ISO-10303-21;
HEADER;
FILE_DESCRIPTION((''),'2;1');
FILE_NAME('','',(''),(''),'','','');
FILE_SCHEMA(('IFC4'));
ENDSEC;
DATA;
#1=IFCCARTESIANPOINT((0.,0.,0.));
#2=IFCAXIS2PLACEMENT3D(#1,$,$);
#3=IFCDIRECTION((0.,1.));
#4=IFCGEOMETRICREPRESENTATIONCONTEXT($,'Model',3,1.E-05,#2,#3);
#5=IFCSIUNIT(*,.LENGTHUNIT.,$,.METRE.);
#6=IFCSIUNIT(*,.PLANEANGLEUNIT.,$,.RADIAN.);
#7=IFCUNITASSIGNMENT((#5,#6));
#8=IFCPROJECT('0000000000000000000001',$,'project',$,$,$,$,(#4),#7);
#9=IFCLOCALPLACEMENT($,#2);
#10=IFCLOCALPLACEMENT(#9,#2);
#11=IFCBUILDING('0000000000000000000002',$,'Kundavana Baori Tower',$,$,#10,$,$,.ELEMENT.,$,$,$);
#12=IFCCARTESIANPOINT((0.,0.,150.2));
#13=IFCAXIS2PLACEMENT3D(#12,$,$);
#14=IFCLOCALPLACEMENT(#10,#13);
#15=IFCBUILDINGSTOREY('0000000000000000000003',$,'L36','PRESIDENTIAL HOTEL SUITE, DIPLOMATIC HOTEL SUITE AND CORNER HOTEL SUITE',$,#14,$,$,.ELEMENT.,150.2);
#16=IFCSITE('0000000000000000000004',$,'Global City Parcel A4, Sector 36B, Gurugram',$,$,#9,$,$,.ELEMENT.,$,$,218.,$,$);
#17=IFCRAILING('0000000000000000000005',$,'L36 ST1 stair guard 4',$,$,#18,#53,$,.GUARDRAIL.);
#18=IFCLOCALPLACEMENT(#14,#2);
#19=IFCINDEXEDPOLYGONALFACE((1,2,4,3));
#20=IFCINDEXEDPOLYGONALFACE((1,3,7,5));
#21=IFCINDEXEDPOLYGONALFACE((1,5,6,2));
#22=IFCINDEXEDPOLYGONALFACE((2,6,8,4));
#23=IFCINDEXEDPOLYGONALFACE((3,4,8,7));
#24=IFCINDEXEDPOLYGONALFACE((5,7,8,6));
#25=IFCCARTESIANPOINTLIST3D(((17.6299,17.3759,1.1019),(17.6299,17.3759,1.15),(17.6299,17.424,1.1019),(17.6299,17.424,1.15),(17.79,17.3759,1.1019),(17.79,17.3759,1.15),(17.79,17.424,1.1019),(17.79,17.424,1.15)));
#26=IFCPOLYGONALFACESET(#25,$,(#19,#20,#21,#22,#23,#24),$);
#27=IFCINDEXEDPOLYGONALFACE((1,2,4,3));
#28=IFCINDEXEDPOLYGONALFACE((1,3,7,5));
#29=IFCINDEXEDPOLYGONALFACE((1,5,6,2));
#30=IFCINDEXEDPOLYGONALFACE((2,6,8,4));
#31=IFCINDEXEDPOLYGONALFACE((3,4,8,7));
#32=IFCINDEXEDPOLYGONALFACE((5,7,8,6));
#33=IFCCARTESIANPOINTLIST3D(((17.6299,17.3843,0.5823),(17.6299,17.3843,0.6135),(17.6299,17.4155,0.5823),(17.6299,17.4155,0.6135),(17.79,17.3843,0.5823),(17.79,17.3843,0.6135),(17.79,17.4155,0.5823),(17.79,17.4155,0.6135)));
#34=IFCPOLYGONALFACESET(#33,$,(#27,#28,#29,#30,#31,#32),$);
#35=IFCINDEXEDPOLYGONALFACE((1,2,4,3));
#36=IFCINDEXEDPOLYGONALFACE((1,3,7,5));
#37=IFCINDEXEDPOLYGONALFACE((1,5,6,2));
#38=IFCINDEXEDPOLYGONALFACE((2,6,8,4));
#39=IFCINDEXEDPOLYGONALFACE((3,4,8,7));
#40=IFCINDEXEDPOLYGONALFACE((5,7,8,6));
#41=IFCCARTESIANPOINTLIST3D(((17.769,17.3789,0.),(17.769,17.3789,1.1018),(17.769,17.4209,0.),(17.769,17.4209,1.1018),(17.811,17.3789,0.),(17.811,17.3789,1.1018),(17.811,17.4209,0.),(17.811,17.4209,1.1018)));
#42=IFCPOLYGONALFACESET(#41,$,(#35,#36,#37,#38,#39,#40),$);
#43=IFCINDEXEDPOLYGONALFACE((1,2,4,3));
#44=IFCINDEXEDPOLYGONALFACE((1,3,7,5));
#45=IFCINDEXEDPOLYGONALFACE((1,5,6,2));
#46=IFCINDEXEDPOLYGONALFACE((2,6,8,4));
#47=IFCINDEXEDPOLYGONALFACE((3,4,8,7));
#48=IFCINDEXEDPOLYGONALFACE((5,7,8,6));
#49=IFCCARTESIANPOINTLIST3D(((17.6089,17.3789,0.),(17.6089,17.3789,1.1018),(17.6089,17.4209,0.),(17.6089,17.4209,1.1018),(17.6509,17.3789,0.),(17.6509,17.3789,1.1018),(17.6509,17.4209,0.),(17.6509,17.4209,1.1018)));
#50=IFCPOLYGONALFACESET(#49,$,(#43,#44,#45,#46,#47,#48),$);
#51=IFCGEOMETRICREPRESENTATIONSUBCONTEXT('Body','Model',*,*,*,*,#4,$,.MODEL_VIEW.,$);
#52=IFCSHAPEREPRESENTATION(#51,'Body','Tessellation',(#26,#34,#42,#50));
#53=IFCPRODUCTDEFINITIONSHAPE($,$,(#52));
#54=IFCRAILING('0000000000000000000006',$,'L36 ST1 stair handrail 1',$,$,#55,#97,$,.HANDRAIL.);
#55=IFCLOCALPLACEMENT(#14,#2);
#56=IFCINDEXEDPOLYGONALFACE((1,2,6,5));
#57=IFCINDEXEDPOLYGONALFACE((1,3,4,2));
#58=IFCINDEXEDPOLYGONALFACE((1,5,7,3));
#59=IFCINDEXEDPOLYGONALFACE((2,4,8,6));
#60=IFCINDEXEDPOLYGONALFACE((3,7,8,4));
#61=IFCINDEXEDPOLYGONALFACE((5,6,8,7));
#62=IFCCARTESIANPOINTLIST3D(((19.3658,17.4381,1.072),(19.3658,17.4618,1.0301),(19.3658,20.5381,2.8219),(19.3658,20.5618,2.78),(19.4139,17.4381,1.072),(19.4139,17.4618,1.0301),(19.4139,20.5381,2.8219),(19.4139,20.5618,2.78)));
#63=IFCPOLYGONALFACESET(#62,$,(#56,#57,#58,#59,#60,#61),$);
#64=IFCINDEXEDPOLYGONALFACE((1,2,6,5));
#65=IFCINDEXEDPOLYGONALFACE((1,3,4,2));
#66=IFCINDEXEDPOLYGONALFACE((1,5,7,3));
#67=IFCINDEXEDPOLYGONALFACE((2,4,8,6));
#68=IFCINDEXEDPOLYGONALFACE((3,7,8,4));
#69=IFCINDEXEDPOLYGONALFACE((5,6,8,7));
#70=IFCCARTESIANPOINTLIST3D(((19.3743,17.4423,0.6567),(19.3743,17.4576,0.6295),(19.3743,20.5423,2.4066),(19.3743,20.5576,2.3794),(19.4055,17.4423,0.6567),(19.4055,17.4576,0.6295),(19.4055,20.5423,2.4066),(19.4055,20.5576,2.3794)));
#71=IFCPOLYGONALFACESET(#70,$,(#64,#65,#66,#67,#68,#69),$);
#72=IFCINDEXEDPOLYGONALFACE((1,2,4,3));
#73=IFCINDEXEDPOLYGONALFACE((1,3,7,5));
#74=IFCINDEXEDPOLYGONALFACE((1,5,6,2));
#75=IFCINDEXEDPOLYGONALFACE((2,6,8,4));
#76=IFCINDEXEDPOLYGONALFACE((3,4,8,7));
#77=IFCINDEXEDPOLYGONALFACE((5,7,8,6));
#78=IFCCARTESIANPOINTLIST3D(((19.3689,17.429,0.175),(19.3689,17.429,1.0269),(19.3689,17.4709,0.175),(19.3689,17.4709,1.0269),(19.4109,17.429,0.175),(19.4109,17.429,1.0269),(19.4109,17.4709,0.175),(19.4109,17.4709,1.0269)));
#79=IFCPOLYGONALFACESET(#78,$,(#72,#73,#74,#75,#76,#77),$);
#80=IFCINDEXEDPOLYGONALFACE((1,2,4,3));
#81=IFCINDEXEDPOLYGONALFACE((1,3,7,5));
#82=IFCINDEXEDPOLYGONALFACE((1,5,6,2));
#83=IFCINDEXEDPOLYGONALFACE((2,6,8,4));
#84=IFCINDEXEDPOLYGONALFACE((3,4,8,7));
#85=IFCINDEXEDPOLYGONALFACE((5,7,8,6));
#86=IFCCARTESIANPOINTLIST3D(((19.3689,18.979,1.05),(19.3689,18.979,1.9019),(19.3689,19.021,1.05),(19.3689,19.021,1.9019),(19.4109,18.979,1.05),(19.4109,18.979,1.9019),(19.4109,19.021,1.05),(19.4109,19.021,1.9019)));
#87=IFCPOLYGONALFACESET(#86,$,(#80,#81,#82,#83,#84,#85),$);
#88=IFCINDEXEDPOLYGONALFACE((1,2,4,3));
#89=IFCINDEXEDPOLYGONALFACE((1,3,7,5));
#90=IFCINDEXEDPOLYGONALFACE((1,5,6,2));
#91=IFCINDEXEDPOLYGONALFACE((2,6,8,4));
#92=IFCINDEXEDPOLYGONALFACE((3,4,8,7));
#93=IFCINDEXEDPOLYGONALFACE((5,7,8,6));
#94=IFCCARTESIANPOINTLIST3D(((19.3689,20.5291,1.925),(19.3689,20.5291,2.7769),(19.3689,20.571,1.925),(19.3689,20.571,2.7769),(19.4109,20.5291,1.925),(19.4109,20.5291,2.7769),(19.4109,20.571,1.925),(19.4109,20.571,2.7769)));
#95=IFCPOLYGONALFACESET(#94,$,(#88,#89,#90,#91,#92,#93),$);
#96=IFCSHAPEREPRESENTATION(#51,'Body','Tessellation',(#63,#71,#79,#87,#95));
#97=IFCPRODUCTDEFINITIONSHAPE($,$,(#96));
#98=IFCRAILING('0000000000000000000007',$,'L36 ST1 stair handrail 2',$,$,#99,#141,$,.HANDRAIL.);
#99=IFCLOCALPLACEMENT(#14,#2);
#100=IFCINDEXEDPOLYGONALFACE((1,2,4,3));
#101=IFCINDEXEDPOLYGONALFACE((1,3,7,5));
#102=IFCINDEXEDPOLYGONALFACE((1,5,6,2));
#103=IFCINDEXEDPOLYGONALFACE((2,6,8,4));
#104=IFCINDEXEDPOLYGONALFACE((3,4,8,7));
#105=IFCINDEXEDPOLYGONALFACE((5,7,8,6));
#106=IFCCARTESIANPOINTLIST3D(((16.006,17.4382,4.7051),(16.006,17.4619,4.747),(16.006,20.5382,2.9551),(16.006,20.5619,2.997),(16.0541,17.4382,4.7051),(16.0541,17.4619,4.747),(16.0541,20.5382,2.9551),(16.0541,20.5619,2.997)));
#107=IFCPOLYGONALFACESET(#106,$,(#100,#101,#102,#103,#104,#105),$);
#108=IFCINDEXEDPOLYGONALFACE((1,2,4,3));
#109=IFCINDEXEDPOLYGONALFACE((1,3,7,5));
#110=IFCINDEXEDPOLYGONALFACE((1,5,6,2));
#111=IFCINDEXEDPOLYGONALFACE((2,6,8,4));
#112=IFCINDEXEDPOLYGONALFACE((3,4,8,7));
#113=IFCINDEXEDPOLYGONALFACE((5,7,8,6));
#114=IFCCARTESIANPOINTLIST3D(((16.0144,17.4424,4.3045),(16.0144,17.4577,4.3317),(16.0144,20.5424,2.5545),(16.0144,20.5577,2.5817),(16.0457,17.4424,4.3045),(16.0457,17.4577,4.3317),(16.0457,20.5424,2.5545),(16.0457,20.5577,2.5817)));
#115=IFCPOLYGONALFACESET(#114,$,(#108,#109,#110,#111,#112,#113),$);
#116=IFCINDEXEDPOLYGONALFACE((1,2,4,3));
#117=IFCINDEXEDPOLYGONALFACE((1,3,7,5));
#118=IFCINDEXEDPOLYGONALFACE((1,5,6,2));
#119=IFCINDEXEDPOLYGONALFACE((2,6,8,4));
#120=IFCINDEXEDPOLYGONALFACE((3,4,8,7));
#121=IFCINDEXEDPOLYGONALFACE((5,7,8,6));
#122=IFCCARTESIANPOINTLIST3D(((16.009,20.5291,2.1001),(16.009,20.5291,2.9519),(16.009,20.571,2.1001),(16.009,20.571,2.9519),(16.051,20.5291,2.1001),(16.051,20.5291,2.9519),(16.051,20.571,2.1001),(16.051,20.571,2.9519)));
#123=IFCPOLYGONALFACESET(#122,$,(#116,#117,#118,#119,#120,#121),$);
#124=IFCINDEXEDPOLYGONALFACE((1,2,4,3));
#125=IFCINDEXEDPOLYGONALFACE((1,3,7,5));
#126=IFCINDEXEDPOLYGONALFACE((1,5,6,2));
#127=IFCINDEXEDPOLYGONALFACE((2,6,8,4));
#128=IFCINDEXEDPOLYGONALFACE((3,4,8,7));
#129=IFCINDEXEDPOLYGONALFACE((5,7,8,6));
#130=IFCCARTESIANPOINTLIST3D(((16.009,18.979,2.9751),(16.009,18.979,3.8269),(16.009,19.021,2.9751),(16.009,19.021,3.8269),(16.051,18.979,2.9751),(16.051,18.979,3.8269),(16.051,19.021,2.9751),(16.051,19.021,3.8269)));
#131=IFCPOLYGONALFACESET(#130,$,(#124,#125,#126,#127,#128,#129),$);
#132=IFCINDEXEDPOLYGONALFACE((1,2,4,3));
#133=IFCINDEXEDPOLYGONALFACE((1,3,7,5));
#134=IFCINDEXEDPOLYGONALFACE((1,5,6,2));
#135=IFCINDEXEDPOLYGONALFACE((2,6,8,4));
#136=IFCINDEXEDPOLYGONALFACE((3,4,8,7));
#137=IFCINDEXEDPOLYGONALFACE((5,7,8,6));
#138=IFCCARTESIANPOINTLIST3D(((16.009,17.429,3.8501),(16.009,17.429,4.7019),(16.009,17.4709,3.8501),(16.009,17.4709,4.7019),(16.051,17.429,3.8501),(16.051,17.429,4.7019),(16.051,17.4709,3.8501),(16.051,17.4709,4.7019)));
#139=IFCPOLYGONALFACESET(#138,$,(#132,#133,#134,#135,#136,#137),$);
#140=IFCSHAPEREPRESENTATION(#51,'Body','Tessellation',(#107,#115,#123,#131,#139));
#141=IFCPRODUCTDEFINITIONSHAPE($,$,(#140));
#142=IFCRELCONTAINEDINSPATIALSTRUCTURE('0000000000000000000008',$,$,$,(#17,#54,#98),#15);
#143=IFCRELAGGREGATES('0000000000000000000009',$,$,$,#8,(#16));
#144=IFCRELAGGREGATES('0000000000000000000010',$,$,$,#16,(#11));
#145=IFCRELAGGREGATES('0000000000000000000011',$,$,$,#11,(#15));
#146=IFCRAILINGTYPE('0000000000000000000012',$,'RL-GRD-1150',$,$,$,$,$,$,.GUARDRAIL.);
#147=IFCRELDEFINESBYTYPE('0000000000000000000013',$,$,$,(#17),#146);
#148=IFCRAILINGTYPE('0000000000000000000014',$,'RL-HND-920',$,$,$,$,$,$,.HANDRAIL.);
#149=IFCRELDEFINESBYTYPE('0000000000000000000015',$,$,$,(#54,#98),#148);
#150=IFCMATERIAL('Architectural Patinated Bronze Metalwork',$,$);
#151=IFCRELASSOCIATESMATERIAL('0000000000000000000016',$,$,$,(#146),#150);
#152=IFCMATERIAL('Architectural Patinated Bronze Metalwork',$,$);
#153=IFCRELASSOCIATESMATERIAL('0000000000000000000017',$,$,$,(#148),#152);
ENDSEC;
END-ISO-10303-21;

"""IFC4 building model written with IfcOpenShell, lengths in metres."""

from ifc_helpers import new_model, si_unit, direction, frame, origin, origin_2d, place, context, subcontext, project, spatial, rectangle, extrude, material, type_object, element, save


model = new_model("IFC4")

# Units and contexts
model_context = context("Model", 3, precision=1e-05, world=origin(), true_north=direction((0.0, 1.0)))
body_context = subcontext(model_context, "Body", "Model", "MODEL_VIEW")
ifc_project = project(units=[si_unit("LENGTHUNIT", "METRE"), si_unit("PLANEANGLEUNIT", "RADIAN")], contexts=[model_context])

# Site, building, storey
site_placement = place(None, origin())
site = spatial("IfcSite", under=ifc_project, at=site_placement, Name="Global City Parcel A4, Sector 36B, Gurugram", CompositionType="ELEMENT", RefElevation=218.0)
building_placement = place(site_placement, origin())
building = spatial("IfcBuilding", under=site, at=building_placement, Name="Kundavana Baori Tower", CompositionType="ELEMENT")
storey_placement = place(building_placement, frame((0.0, 0.0, 150.2)))
storey = spatial("IfcBuildingStorey", under=building, at=storey_placement, Name="L36", Description="PRESIDENTIAL HOTEL SUITE, DIPLOMATIC HOTEL SUITE AND CORNER HOTEL SUITE", CompositionType="ELEMENT", Elevation=150.2)

# Railings
ifc_material_1 = material(Name="Architectural Patinated Bronze Metalwork")
railing_type_1 = type_object("IfcRailingType", Name="RL-GRD-1150", PredefinedType="GUARDRAIL", material=ifc_material_1)
railing_1_placement = place(storey_placement, frame((17.79, 17.3999, 0.0)))
element("IfcRailing", 1, at=railing_1_placement, inside=storey, type_object=railing_type_1, Name="L36 ST1 stair guard 4", PredefinedType="GUARDRAIL", context=body_context, shape_type="SweptSolid", body=[
    extrude(rectangle(XDim=0.0481, YDim=0.0481, at=origin_2d()), frame((0.0, 0.0, 1.126), z_axis=(-1.0, 0.0, 0.0), x_axis=(0.0, -1.0, 0.0)), (0.0, 0.0, 1.0), 0.1602),
    extrude(rectangle(XDim=0.0312, YDim=0.0312, at=origin_2d()), frame((0.0, 0.0, 0.5979), z_axis=(-1.0, 0.0, 0.0), x_axis=(0.0, -1.0, 0.0)), (0.0, 0.0, 1.0), 0.1602),
    extrude(rectangle(XDim=0.042, YDim=0.042, at=origin_2d()), origin(), (0.0, 0.0, 1.0), 1.1018),
    extrude(rectangle(XDim=0.042, YDim=0.042, at=origin_2d()), frame((-0.1602, 0.0, 0.0)), (0.0, 0.0, 1.0), 1.1018),
])
ifc_material_2 = material(Name="Architectural Patinated Bronze Metalwork")
railing_type_2 = type_object("IfcRailingType", Name="RL-HND-920", PredefinedType="HANDRAIL", material=ifc_material_2)
railing_2_placement = place(storey_placement, frame((19.3899, 17.45, 0.175)))
element("IfcRailing", 2, at=railing_2_placement, inside=storey, type_object=railing_type_2, Name="L36 ST1 stair handrail 1", PredefinedType="HANDRAIL", context=body_context, shape_type="SweptSolid", body=[
    extrude(rectangle(XDim=0.0481, YDim=0.0481, at=origin_2d()), frame((0.0, 0.0, 0.876), z_axis=(0.0, 0.870831, 0.491583), x_axis=(-1.0, 0.0, 0.0)), (0.0, 0.0, 1.0), 3.5598),
    extrude(rectangle(XDim=0.0312, YDim=0.0312, at=origin_2d()), frame((0.0, 0.0, 0.468), z_axis=(0.0, 0.870831, 0.491583), x_axis=(-1.0, 0.0, 0.0)), (0.0, 0.0, 1.0), 3.5598),
    extrude(rectangle(XDim=0.042, YDim=0.042, at=origin_2d()), origin(), (0.0, 0.0, 1.0), 0.8518),
    extrude(rectangle(XDim=0.042, YDim=0.042, at=origin_2d()), frame((0.0, 1.55, 0.875)), (0.0, 0.0, 1.0), 0.8518),
    extrude(rectangle(XDim=0.042, YDim=0.042, at=origin_2d()), frame((0.0, 3.1001, 1.75)), (0.0, 0.0, 1.0), 0.8518),
])
railing_3_placement = place(storey_placement, frame((16.03, 20.55, 2.1001)))
element("IfcRailing", 3, at=railing_3_placement, inside=storey, type_object=railing_type_2, Name="L36 ST1 stair handrail 2", PredefinedType="HANDRAIL", context=body_context, shape_type="SweptSolid", body=[
    extrude(rectangle(XDim=0.0481, YDim=0.0481, at=origin_2d()), frame((0.0, 0.0, 0.876), z_axis=(0.0, -0.870831, 0.491583), x_axis=(1.0, 0.0, 0.0)), (0.0, 0.0, 1.0), 3.5598),
    extrude(rectangle(XDim=0.0312, YDim=0.0312, at=origin_2d()), frame((0.0, 0.0, 0.468), z_axis=(0.0, -0.870831, 0.491583), x_axis=(1.0, 0.0, 0.0)), (0.0, 0.0, 1.0), 3.5598),
    extrude(rectangle(XDim=0.042, YDim=0.042, at=origin_2d()), origin(), (0.0, 0.0, 1.0), 0.8518),
    extrude(rectangle(XDim=0.042, YDim=0.042, at=origin_2d()), frame((0.0, -1.55, 0.875)), (0.0, 0.0, 1.0), 0.8518),
    extrude(rectangle(XDim=0.042, YDim=0.042, at=origin_2d()), frame((0.0, -3.1001, 1.75)), (0.0, 0.0, 1.0), 0.8518),
])

save(model, "model.ifc")
